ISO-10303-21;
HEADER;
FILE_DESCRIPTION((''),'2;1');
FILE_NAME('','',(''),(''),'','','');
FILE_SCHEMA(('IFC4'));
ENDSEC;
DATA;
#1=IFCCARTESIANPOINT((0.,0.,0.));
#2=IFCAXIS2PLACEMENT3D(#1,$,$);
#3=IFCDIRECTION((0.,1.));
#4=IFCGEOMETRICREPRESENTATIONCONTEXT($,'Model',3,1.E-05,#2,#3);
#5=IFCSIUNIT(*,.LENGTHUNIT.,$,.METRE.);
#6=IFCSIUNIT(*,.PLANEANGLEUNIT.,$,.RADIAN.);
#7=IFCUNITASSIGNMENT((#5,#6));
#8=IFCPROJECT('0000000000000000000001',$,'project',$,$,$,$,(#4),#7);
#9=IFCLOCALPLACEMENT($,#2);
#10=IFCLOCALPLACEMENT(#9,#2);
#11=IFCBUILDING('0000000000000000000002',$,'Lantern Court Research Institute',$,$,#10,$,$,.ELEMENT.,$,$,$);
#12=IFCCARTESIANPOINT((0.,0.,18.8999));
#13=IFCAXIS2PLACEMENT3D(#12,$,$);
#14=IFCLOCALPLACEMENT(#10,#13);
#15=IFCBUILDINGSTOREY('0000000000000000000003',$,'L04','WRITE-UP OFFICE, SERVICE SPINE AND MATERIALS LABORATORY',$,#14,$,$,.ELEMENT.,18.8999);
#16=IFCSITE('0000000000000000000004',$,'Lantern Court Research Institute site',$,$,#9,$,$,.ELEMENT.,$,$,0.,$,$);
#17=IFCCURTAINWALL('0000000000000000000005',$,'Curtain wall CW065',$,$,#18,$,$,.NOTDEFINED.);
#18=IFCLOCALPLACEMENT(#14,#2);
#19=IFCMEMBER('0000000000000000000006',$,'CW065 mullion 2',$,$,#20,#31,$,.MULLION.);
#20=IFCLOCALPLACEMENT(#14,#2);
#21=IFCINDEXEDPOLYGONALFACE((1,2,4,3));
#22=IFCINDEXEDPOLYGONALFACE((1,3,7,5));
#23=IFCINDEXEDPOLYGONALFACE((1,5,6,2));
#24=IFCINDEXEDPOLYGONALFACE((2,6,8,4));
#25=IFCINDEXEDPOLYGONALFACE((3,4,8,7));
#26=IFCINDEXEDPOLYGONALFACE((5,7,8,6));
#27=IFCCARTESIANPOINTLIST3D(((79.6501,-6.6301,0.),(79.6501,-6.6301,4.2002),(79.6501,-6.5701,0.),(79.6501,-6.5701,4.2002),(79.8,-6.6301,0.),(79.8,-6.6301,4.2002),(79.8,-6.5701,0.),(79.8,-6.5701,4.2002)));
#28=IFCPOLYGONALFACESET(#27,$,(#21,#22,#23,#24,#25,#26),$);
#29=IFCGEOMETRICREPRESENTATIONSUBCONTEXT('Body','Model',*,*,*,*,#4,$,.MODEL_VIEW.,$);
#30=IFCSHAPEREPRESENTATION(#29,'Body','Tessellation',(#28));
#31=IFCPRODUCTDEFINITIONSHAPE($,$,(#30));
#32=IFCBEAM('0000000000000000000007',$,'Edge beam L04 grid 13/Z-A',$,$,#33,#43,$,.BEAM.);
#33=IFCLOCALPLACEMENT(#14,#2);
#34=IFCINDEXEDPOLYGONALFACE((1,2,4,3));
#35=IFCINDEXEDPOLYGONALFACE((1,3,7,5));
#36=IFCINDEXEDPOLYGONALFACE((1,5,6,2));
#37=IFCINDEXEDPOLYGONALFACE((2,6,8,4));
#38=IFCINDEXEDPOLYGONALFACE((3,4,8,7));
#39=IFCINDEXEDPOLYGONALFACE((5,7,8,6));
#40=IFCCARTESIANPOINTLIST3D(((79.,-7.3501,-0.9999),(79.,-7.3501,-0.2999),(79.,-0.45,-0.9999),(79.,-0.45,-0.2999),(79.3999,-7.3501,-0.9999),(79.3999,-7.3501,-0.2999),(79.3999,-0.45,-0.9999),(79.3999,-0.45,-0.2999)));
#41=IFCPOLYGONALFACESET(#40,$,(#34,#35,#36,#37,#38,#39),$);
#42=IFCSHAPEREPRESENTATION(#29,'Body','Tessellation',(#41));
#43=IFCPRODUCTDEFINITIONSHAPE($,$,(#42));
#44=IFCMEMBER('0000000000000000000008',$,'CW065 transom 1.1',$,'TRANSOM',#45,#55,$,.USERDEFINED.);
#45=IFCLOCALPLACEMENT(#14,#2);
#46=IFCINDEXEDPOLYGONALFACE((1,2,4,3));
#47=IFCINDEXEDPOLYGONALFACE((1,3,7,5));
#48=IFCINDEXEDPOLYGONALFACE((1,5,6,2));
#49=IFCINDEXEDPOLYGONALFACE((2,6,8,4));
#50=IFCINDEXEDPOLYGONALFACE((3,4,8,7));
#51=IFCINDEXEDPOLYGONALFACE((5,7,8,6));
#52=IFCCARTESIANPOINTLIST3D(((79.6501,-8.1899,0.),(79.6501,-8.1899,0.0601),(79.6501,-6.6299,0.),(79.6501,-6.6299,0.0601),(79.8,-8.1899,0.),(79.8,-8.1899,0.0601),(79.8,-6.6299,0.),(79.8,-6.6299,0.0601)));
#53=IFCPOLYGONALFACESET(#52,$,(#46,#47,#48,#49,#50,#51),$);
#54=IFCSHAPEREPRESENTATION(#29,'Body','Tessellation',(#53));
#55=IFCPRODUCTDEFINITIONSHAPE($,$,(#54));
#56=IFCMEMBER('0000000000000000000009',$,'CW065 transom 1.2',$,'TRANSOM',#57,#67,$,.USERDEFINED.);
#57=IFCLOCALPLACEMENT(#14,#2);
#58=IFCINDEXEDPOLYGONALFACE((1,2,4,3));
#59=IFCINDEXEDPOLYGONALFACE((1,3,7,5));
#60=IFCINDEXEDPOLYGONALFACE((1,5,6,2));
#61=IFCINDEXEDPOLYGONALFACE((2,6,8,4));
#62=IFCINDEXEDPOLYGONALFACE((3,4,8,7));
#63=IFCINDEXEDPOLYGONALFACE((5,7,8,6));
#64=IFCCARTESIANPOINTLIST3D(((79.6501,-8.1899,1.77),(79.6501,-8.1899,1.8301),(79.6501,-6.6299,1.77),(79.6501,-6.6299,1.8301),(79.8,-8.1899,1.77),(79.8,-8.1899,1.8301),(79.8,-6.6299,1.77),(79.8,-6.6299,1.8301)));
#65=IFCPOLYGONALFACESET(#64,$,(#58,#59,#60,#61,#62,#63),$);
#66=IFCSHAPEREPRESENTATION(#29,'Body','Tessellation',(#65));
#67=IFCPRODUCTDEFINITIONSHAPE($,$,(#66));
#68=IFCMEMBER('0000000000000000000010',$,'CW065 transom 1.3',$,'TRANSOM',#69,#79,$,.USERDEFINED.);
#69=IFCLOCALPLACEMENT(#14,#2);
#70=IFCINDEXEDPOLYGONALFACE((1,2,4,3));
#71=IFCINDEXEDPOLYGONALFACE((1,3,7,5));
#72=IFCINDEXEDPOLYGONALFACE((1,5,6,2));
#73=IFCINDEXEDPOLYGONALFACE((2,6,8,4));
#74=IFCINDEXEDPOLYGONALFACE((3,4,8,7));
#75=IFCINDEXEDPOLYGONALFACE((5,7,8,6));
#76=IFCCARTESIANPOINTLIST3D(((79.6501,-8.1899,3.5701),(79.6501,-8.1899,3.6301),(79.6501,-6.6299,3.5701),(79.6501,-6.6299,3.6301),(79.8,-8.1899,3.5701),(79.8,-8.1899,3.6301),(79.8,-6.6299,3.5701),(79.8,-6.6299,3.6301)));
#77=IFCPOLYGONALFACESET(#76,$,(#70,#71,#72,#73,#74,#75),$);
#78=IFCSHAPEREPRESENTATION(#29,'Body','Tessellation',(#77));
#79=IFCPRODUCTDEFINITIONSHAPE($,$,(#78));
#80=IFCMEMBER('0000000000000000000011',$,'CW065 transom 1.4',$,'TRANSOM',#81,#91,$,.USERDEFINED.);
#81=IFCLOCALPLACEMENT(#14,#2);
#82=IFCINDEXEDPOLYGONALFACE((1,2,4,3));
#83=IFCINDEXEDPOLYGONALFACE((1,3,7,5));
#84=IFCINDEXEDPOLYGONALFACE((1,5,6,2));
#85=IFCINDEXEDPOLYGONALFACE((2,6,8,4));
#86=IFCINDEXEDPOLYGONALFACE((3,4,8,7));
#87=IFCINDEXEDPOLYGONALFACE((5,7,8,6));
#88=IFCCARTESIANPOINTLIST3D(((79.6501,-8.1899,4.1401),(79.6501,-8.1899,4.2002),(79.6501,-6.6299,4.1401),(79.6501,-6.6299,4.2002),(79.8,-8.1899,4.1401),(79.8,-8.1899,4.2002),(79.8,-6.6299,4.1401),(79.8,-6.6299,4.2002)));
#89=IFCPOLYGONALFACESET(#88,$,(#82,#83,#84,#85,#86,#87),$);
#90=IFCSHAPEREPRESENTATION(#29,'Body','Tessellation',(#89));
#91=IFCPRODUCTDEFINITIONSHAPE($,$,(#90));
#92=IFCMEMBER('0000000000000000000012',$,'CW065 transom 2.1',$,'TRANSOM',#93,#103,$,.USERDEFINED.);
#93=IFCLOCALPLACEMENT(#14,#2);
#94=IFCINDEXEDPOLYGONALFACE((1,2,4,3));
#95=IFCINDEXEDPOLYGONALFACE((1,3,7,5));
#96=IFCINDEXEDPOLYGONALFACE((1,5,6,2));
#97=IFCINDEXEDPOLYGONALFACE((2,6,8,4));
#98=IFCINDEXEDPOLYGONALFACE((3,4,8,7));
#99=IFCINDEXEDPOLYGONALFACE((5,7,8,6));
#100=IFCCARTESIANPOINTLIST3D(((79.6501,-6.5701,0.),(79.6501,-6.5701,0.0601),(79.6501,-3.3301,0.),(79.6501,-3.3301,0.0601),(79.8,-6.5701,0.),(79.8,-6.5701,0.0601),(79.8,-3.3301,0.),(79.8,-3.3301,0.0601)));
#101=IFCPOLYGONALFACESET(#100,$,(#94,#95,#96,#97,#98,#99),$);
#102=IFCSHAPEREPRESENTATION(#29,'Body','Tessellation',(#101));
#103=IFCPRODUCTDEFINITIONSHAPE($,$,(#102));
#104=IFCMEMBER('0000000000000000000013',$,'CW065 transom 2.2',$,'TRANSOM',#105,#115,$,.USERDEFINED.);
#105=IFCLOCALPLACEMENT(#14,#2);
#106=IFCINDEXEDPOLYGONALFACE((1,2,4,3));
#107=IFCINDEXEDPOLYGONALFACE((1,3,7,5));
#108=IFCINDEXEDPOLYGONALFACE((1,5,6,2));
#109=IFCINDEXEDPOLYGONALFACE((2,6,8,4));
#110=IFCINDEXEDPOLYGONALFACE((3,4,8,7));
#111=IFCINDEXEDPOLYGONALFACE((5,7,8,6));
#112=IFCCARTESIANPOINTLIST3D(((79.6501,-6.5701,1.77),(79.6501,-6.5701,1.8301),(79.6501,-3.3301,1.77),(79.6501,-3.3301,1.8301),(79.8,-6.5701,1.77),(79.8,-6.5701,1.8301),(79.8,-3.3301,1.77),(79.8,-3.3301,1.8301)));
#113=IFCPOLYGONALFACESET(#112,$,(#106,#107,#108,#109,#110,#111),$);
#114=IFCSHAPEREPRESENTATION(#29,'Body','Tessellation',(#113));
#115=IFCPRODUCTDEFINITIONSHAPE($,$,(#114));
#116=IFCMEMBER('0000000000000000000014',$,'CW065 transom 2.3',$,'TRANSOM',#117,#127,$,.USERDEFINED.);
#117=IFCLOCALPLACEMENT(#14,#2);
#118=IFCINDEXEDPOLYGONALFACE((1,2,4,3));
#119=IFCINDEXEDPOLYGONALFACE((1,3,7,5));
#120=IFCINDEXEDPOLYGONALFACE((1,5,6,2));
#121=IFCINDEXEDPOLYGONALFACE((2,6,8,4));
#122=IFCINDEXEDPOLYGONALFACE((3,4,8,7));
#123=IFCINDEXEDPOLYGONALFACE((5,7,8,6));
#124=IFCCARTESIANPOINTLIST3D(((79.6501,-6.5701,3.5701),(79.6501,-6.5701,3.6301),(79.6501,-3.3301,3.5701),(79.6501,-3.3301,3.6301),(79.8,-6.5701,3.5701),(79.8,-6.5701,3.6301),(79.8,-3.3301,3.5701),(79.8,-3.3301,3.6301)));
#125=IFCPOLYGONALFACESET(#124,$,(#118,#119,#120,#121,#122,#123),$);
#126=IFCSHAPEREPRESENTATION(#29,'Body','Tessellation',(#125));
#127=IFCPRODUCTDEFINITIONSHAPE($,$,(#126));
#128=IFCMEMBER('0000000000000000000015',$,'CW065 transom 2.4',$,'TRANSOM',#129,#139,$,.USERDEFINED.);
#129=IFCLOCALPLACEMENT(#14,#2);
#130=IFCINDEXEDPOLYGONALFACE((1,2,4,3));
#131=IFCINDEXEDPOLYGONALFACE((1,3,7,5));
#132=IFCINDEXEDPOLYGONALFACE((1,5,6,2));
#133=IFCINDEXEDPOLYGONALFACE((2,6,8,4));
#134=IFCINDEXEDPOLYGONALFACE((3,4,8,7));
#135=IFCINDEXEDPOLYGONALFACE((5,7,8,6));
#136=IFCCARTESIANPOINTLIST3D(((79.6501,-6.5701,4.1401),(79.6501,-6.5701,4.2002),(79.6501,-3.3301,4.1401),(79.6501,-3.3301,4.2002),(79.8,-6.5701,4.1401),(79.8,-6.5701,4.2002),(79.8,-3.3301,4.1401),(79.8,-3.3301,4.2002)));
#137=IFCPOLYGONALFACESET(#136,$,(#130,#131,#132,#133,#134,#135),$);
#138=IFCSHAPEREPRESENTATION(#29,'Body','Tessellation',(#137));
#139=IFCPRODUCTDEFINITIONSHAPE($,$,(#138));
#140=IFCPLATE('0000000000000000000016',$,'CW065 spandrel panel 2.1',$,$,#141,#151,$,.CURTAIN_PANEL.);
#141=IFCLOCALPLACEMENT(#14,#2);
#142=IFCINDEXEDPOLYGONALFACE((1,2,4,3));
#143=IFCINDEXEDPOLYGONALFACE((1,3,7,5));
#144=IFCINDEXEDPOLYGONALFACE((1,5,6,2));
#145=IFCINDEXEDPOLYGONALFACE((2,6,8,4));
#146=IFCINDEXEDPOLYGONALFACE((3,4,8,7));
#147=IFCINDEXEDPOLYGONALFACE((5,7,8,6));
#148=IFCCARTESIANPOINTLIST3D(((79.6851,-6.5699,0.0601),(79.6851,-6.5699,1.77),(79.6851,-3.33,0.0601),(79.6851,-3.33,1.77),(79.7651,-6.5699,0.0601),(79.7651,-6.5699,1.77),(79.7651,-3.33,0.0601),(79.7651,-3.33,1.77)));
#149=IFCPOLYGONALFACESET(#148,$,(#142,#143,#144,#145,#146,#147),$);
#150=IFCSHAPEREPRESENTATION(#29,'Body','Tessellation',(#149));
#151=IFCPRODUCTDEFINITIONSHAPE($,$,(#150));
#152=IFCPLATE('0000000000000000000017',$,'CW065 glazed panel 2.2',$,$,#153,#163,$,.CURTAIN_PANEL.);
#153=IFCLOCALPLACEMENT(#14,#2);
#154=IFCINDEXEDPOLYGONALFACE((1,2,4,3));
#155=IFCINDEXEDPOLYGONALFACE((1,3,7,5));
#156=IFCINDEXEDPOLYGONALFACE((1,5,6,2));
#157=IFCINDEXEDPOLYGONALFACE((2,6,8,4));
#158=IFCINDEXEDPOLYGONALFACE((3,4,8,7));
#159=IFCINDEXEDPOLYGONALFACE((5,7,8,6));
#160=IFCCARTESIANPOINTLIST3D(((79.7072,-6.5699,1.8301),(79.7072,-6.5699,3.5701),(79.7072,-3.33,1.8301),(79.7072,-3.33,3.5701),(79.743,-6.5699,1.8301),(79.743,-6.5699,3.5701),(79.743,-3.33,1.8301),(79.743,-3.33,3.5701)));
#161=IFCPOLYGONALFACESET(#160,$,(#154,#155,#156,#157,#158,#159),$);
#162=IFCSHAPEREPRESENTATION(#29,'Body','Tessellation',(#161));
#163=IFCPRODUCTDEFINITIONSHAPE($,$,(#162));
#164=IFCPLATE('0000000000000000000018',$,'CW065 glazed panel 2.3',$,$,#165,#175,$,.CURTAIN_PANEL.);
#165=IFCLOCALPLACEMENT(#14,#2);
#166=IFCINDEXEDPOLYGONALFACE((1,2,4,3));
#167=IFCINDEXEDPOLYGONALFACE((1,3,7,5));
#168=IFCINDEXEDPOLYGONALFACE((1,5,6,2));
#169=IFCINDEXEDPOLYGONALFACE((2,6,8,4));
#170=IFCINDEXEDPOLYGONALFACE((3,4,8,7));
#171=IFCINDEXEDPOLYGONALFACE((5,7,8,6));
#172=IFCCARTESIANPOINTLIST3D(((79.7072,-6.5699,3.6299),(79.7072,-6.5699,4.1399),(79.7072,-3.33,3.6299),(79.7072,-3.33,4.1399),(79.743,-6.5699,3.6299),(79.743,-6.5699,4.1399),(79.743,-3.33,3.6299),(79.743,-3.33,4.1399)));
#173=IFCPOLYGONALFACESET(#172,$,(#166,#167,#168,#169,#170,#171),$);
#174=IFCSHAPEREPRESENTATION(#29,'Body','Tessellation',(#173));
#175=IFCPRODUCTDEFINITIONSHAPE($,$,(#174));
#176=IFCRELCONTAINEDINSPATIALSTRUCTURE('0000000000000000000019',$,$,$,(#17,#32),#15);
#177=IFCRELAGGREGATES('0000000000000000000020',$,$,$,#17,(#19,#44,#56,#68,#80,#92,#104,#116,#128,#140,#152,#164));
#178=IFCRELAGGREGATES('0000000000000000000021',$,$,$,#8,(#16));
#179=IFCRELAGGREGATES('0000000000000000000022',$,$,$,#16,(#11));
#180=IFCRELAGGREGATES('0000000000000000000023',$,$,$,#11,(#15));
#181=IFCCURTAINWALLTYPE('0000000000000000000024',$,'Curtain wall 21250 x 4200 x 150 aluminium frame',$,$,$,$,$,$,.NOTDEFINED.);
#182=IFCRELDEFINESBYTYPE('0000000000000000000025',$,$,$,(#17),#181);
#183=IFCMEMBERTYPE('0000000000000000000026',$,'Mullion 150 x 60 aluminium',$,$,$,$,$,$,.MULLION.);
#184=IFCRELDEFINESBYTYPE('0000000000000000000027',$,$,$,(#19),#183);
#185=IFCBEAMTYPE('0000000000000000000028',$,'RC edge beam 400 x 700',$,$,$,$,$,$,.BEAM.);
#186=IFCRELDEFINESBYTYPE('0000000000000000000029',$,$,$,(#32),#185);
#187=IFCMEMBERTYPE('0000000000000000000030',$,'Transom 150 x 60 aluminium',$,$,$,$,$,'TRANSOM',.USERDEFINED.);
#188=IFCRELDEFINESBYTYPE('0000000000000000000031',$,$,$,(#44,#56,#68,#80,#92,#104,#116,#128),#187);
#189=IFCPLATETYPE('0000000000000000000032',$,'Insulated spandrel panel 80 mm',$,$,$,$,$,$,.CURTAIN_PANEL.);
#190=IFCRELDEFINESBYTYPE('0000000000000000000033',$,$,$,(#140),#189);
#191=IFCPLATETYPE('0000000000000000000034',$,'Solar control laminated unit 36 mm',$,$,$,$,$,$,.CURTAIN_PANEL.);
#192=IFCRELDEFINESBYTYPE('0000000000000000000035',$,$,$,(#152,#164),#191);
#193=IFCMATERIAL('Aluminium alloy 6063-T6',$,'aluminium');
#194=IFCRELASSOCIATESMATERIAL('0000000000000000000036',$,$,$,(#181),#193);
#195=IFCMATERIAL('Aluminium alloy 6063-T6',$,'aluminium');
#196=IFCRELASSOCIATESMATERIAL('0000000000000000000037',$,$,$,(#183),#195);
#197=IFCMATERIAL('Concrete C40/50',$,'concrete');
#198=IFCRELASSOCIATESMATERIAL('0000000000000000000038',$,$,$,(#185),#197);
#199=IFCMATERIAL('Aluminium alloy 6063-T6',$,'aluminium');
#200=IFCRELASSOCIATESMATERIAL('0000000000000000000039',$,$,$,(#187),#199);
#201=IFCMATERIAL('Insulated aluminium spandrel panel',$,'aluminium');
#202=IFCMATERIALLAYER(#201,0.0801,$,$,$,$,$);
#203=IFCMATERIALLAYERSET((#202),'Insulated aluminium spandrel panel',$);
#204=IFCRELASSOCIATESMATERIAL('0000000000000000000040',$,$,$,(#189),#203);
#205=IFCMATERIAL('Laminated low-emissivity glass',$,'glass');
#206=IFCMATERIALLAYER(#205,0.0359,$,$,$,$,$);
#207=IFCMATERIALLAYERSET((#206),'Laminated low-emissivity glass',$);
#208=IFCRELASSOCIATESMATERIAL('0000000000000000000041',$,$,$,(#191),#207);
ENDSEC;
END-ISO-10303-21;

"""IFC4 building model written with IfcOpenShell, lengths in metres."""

from ifc_helpers import new_model, si_unit, direction, frame, origin, origin_2d, place, context, subcontext, project, spatial, rectangle, extrude, material, layer, layer_set, material_profile, profile_set, type_object, element, aggregate, save


model = new_model("IFC4")

# Units and contexts
model_context = context("Model", 3, precision=1e-05, world=origin(), true_north=direction((0.0, 1.0)))
body_context = subcontext(model_context, "Body", "Model", "MODEL_VIEW")
ifc_project = project(units=[si_unit("LENGTHUNIT", "METRE"), si_unit("PLANEANGLEUNIT", "RADIAN")], contexts=[model_context])

# Site, building, storey
site_placement = place(None, origin())
site = spatial("IfcSite", under=ifc_project, at=site_placement, Name="Lantern Court Research Institute site", CompositionType="ELEMENT", RefElevation=0.0)
building_placement = place(site_placement, origin())
building = spatial("IfcBuilding", under=site, at=building_placement, Name="Lantern Court Research Institute", CompositionType="ELEMENT")
storey_placement = place(building_placement, frame((0.0, 0.0, 18.8999)))
storey = spatial("IfcBuildingStorey", under=building, at=storey_placement, Name="L04", Description="WRITE-UP OFFICE, SERVICE SPINE AND MATERIALS LABORATORY", CompositionType="ELEMENT", Elevation=18.8999)

# Curtain wall, member
ifc_material_1 = material(Name="Aluminium alloy 6063-T6", Category="aluminium")
curtain_wall_type = type_object("IfcCurtainWallType", Name="Curtain wall 21250 x 4200 x 150 aluminium frame", PredefinedType="NOTDEFINED", material=ifc_material_1)
curtain_wall_placement = place(storey_placement, origin())
curtain_wall = element("IfcCurtainWall", 1, at=curtain_wall_placement, inside=storey, type_object=curtain_wall_type, Name="Curtain wall CW065", PredefinedType="NOTDEFINED")
ifc_material_2 = material(Name="Aluminium alloy 6063-T6", Category="aluminium")
ifc_material_profile_1 = material_profile(ifc_material_2, rectangle(XDim=0.1499, YDim=0.0601, at=origin_2d()), Name="Mullion 150 x 60")
ifc_profile_set_1 = profile_set([ifc_material_profile_1], Name="Aluminium alloy 6063-T6")
member_type_1 = type_object("IfcMemberType", Name="Mullion 150 x 60 aluminium", PredefinedType="MULLION", material=ifc_profile_set_1)
member_1_placement = place(storey_placement, frame((79.7251, -6.6001, 0.0), z_axis=(0.0, 0.0, 1.0), x_axis=(1.0, 0.0, 0.0)))
member_1 = element("IfcMember", 2, at=member_1_placement, type_object=member_type_1, Name="CW065 mullion 2", PredefinedType="MULLION", context=body_context, shape_type="SweptSolid", body=[
    extrude(rectangle(XDim=0.1499, YDim=0.0601, at=origin_2d()), origin(), (0.0, 0.0, 1.0), 4.2002),
])

# Beam
ifc_material_3 = material(Name="Concrete C40/50", Category="concrete")
ifc_material_profile_2 = material_profile(ifc_material_3, rectangle(XDim=0.3999, YDim=0.7, at=origin_2d()), Name="RC beam 400 x 700")
ifc_profile_set_2 = profile_set([ifc_material_profile_2], Name="Concrete C40/50")
beam_type = type_object("IfcBeamType", Name="RC edge beam 400 x 700", PredefinedType="BEAM", material=ifc_profile_set_2)
beam_placement = place(storey_placement, frame((79.2, -7.3501, -0.6499), z_axis=(0.0, 1.0, 0.0), x_axis=(-1.0, 0.0, 0.0)))
element("IfcBeam", 3, at=beam_placement, inside=storey, type_object=beam_type, Name="Edge beam L04 grid 13/Z-A", PredefinedType="BEAM", context=body_context, shape_type="SweptSolid", body=[
    extrude(rectangle(XDim=0.3999, YDim=0.7, at=origin_2d()), origin(), (0.0, 0.0, 1.0), 6.9001),
])

# Members
ifc_material_4 = material(Name="Aluminium alloy 6063-T6", Category="aluminium")
ifc_material_profile_3 = material_profile(ifc_material_4, rectangle(XDim=0.1499, YDim=0.0601, at=origin_2d()), Name="Transom 150 x 60")
ifc_profile_set_3 = profile_set([ifc_material_profile_3], Name="Aluminium alloy 6063-T6")
member_type_2 = type_object("IfcMemberType", Name="Transom 150 x 60 aluminium", ElementType="TRANSOM", PredefinedType="USERDEFINED", material=ifc_profile_set_3)
member_2_placement = place(storey_placement, frame((79.7251, -6.6299, 0.03), z_axis=(0.0, -1.0, 0.0), x_axis=(1.0, 0.0, 0.0)))
member_2 = element("IfcMember", 4, at=member_2_placement, type_object=member_type_2, Name="CW065 transom 1.1", ObjectType="TRANSOM", PredefinedType="USERDEFINED", context=body_context, shape_type="SweptSolid", body=[
    extrude(rectangle(XDim=0.1499, YDim=0.0601, at=origin_2d()), origin(), (0.0, 0.0, 1.0), 1.5601),
])
member_3_placement = place(storey_placement, frame((79.7251, -6.6299, 1.8), z_axis=(0.0, -1.0, 0.0), x_axis=(1.0, 0.0, 0.0)))
member_3 = element("IfcMember", 5, at=member_3_placement, type_object=member_type_2, Name="CW065 transom 1.2", ObjectType="TRANSOM", PredefinedType="USERDEFINED", context=body_context, shape_type="SweptSolid", body=[
    extrude(rectangle(XDim=0.1499, YDim=0.0601, at=origin_2d()), origin(), (0.0, 0.0, 1.0), 1.5601),
])
member_4_placement = place(storey_placement, frame((79.7251, -6.6299, 3.6001), z_axis=(0.0, -1.0, 0.0), x_axis=(1.0, 0.0, 0.0)))
member_4 = element("IfcMember", 6, at=member_4_placement, type_object=member_type_2, Name="CW065 transom 1.3", ObjectType="TRANSOM", PredefinedType="USERDEFINED", context=body_context, shape_type="SweptSolid", body=[
    extrude(rectangle(XDim=0.1499, YDim=0.0601, at=origin_2d()), origin(), (0.0, 0.0, 1.0), 1.5601),
])
member_5_placement = place(storey_placement, frame((79.7251, -6.6299, 4.1702), z_axis=(0.0, -1.0, 0.0), x_axis=(1.0, 0.0, 0.0)))
member_5 = element("IfcMember", 7, at=member_5_placement, type_object=member_type_2, Name="CW065 transom 1.4", ObjectType="TRANSOM", PredefinedType="USERDEFINED", context=body_context, shape_type="SweptSolid", body=[
    extrude(rectangle(XDim=0.1499, YDim=0.0601, at=origin_2d()), origin(), (0.0, 0.0, 1.0), 1.5601),
])
member_6_placement = place(storey_placement, frame((79.7251, -3.3301, 0.03), z_axis=(0.0, -1.0, 0.0), x_axis=(1.0, 0.0, 0.0)))
member_6 = element("IfcMember", 8, at=member_6_placement, type_object=member_type_2, Name="CW065 transom 2.1", ObjectType="TRANSOM", PredefinedType="USERDEFINED", context=body_context, shape_type="SweptSolid", body=[
    extrude(rectangle(XDim=0.1499, YDim=0.0601, at=origin_2d()), origin(), (0.0, 0.0, 1.0), 3.24),
])
member_7_placement = place(storey_placement, frame((79.7251, -3.3301, 1.8), z_axis=(0.0, -1.0, 0.0), x_axis=(1.0, 0.0, 0.0)))
member_7 = element("IfcMember", 9, at=member_7_placement, type_object=member_type_2, Name="CW065 transom 2.2", ObjectType="TRANSOM", PredefinedType="USERDEFINED", context=body_context, shape_type="SweptSolid", body=[
    extrude(rectangle(XDim=0.1499, YDim=0.0601, at=origin_2d()), origin(), (0.0, 0.0, 1.0), 3.24),
])
member_8_placement = place(storey_placement, frame((79.7251, -3.3301, 3.6001), z_axis=(0.0, -1.0, 0.0), x_axis=(1.0, 0.0, 0.0)))
member_8 = element("IfcMember", 10, at=member_8_placement, type_object=member_type_2, Name="CW065 transom 2.3", ObjectType="TRANSOM", PredefinedType="USERDEFINED", context=body_context, shape_type="SweptSolid", body=[
    extrude(rectangle(XDim=0.1499, YDim=0.0601, at=origin_2d()), origin(), (0.0, 0.0, 1.0), 3.24),
])
member_9_placement = place(storey_placement, frame((79.7251, -3.3301, 4.1702), z_axis=(0.0, -1.0, 0.0), x_axis=(1.0, 0.0, 0.0)))
member_9 = element("IfcMember", 11, at=member_9_placement, type_object=member_type_2, Name="CW065 transom 2.4", ObjectType="TRANSOM", PredefinedType="USERDEFINED", context=body_context, shape_type="SweptSolid", body=[
    extrude(rectangle(XDim=0.1499, YDim=0.0601, at=origin_2d()), origin(), (0.0, 0.0, 1.0), 3.24),
])

# Plates
ifc_material_5 = material(Name="Insulated aluminium spandrel panel", Category="aluminium")
ifc_layer_1 = layer(ifc_material_5, 0.0801)
ifc_layer_set_1 = layer_set([ifc_layer_1], Name="Insulated aluminium spandrel panel")
plate_type_1 = type_object("IfcPlateType", Name="Insulated spandrel panel 80 mm", PredefinedType="CURTAIN_PANEL", material=ifc_layer_set_1)
plate_1_placement = place(storey_placement, frame((79.7251, -4.95, 0.0601), z_axis=(0.0, 0.0, 1.0), x_axis=(0.0, -1.0, 0.0)))
plate_1 = element("IfcPlate", 12, at=plate_1_placement, type_object=plate_type_1, Name="CW065 spandrel panel 2.1", PredefinedType="CURTAIN_PANEL", context=body_context, shape_type="SweptSolid", body=[
    extrude(rectangle(XDim=3.24, YDim=0.0801, at=origin_2d()), origin(), (0.0, 0.0, 1.0), 1.71),
])
ifc_material_6 = material(Name="Laminated low-emissivity glass", Category="glass")
ifc_layer_2 = layer(ifc_material_6, 0.0359)
ifc_layer_set_2 = layer_set([ifc_layer_2], Name="Laminated low-emissivity glass")
plate_type_2 = type_object("IfcPlateType", Name="Solar control laminated unit 36 mm", PredefinedType="CURTAIN_PANEL", material=ifc_layer_set_2)
plate_2_placement = place(storey_placement, frame((79.7251, -4.95, 1.8301), z_axis=(0.0, 0.0, 1.0), x_axis=(0.0, -1.0, 0.0)))
plate_2 = element("IfcPlate", 13, at=plate_2_placement, type_object=plate_type_2, Name="CW065 glazed panel 2.2", PredefinedType="CURTAIN_PANEL", context=body_context, shape_type="SweptSolid", body=[
    extrude(rectangle(XDim=3.24, YDim=0.0359, at=origin_2d()), origin(), (0.0, 0.0, 1.0), 1.74),
])
plate_3_placement = place(storey_placement, frame((79.7251, -4.95, 3.6299), z_axis=(0.0, 0.0, 1.0), x_axis=(0.0, -1.0, 0.0)))
plate_3 = element("IfcPlate", 14, at=plate_3_placement, type_object=plate_type_2, Name="CW065 glazed panel 2.3", PredefinedType="CURTAIN_PANEL", context=body_context, shape_type="SweptSolid", body=[
    extrude(rectangle(XDim=3.24, YDim=0.0359, at=origin_2d()), origin(), (0.0, 0.0, 1.0), 0.51),
])
aggregate(curtain_wall, [member_1, member_2, member_3, member_4, member_5, member_6, member_7, member_8, member_9, plate_1, plate_2, plate_3])

save(model, "model.ifc")
